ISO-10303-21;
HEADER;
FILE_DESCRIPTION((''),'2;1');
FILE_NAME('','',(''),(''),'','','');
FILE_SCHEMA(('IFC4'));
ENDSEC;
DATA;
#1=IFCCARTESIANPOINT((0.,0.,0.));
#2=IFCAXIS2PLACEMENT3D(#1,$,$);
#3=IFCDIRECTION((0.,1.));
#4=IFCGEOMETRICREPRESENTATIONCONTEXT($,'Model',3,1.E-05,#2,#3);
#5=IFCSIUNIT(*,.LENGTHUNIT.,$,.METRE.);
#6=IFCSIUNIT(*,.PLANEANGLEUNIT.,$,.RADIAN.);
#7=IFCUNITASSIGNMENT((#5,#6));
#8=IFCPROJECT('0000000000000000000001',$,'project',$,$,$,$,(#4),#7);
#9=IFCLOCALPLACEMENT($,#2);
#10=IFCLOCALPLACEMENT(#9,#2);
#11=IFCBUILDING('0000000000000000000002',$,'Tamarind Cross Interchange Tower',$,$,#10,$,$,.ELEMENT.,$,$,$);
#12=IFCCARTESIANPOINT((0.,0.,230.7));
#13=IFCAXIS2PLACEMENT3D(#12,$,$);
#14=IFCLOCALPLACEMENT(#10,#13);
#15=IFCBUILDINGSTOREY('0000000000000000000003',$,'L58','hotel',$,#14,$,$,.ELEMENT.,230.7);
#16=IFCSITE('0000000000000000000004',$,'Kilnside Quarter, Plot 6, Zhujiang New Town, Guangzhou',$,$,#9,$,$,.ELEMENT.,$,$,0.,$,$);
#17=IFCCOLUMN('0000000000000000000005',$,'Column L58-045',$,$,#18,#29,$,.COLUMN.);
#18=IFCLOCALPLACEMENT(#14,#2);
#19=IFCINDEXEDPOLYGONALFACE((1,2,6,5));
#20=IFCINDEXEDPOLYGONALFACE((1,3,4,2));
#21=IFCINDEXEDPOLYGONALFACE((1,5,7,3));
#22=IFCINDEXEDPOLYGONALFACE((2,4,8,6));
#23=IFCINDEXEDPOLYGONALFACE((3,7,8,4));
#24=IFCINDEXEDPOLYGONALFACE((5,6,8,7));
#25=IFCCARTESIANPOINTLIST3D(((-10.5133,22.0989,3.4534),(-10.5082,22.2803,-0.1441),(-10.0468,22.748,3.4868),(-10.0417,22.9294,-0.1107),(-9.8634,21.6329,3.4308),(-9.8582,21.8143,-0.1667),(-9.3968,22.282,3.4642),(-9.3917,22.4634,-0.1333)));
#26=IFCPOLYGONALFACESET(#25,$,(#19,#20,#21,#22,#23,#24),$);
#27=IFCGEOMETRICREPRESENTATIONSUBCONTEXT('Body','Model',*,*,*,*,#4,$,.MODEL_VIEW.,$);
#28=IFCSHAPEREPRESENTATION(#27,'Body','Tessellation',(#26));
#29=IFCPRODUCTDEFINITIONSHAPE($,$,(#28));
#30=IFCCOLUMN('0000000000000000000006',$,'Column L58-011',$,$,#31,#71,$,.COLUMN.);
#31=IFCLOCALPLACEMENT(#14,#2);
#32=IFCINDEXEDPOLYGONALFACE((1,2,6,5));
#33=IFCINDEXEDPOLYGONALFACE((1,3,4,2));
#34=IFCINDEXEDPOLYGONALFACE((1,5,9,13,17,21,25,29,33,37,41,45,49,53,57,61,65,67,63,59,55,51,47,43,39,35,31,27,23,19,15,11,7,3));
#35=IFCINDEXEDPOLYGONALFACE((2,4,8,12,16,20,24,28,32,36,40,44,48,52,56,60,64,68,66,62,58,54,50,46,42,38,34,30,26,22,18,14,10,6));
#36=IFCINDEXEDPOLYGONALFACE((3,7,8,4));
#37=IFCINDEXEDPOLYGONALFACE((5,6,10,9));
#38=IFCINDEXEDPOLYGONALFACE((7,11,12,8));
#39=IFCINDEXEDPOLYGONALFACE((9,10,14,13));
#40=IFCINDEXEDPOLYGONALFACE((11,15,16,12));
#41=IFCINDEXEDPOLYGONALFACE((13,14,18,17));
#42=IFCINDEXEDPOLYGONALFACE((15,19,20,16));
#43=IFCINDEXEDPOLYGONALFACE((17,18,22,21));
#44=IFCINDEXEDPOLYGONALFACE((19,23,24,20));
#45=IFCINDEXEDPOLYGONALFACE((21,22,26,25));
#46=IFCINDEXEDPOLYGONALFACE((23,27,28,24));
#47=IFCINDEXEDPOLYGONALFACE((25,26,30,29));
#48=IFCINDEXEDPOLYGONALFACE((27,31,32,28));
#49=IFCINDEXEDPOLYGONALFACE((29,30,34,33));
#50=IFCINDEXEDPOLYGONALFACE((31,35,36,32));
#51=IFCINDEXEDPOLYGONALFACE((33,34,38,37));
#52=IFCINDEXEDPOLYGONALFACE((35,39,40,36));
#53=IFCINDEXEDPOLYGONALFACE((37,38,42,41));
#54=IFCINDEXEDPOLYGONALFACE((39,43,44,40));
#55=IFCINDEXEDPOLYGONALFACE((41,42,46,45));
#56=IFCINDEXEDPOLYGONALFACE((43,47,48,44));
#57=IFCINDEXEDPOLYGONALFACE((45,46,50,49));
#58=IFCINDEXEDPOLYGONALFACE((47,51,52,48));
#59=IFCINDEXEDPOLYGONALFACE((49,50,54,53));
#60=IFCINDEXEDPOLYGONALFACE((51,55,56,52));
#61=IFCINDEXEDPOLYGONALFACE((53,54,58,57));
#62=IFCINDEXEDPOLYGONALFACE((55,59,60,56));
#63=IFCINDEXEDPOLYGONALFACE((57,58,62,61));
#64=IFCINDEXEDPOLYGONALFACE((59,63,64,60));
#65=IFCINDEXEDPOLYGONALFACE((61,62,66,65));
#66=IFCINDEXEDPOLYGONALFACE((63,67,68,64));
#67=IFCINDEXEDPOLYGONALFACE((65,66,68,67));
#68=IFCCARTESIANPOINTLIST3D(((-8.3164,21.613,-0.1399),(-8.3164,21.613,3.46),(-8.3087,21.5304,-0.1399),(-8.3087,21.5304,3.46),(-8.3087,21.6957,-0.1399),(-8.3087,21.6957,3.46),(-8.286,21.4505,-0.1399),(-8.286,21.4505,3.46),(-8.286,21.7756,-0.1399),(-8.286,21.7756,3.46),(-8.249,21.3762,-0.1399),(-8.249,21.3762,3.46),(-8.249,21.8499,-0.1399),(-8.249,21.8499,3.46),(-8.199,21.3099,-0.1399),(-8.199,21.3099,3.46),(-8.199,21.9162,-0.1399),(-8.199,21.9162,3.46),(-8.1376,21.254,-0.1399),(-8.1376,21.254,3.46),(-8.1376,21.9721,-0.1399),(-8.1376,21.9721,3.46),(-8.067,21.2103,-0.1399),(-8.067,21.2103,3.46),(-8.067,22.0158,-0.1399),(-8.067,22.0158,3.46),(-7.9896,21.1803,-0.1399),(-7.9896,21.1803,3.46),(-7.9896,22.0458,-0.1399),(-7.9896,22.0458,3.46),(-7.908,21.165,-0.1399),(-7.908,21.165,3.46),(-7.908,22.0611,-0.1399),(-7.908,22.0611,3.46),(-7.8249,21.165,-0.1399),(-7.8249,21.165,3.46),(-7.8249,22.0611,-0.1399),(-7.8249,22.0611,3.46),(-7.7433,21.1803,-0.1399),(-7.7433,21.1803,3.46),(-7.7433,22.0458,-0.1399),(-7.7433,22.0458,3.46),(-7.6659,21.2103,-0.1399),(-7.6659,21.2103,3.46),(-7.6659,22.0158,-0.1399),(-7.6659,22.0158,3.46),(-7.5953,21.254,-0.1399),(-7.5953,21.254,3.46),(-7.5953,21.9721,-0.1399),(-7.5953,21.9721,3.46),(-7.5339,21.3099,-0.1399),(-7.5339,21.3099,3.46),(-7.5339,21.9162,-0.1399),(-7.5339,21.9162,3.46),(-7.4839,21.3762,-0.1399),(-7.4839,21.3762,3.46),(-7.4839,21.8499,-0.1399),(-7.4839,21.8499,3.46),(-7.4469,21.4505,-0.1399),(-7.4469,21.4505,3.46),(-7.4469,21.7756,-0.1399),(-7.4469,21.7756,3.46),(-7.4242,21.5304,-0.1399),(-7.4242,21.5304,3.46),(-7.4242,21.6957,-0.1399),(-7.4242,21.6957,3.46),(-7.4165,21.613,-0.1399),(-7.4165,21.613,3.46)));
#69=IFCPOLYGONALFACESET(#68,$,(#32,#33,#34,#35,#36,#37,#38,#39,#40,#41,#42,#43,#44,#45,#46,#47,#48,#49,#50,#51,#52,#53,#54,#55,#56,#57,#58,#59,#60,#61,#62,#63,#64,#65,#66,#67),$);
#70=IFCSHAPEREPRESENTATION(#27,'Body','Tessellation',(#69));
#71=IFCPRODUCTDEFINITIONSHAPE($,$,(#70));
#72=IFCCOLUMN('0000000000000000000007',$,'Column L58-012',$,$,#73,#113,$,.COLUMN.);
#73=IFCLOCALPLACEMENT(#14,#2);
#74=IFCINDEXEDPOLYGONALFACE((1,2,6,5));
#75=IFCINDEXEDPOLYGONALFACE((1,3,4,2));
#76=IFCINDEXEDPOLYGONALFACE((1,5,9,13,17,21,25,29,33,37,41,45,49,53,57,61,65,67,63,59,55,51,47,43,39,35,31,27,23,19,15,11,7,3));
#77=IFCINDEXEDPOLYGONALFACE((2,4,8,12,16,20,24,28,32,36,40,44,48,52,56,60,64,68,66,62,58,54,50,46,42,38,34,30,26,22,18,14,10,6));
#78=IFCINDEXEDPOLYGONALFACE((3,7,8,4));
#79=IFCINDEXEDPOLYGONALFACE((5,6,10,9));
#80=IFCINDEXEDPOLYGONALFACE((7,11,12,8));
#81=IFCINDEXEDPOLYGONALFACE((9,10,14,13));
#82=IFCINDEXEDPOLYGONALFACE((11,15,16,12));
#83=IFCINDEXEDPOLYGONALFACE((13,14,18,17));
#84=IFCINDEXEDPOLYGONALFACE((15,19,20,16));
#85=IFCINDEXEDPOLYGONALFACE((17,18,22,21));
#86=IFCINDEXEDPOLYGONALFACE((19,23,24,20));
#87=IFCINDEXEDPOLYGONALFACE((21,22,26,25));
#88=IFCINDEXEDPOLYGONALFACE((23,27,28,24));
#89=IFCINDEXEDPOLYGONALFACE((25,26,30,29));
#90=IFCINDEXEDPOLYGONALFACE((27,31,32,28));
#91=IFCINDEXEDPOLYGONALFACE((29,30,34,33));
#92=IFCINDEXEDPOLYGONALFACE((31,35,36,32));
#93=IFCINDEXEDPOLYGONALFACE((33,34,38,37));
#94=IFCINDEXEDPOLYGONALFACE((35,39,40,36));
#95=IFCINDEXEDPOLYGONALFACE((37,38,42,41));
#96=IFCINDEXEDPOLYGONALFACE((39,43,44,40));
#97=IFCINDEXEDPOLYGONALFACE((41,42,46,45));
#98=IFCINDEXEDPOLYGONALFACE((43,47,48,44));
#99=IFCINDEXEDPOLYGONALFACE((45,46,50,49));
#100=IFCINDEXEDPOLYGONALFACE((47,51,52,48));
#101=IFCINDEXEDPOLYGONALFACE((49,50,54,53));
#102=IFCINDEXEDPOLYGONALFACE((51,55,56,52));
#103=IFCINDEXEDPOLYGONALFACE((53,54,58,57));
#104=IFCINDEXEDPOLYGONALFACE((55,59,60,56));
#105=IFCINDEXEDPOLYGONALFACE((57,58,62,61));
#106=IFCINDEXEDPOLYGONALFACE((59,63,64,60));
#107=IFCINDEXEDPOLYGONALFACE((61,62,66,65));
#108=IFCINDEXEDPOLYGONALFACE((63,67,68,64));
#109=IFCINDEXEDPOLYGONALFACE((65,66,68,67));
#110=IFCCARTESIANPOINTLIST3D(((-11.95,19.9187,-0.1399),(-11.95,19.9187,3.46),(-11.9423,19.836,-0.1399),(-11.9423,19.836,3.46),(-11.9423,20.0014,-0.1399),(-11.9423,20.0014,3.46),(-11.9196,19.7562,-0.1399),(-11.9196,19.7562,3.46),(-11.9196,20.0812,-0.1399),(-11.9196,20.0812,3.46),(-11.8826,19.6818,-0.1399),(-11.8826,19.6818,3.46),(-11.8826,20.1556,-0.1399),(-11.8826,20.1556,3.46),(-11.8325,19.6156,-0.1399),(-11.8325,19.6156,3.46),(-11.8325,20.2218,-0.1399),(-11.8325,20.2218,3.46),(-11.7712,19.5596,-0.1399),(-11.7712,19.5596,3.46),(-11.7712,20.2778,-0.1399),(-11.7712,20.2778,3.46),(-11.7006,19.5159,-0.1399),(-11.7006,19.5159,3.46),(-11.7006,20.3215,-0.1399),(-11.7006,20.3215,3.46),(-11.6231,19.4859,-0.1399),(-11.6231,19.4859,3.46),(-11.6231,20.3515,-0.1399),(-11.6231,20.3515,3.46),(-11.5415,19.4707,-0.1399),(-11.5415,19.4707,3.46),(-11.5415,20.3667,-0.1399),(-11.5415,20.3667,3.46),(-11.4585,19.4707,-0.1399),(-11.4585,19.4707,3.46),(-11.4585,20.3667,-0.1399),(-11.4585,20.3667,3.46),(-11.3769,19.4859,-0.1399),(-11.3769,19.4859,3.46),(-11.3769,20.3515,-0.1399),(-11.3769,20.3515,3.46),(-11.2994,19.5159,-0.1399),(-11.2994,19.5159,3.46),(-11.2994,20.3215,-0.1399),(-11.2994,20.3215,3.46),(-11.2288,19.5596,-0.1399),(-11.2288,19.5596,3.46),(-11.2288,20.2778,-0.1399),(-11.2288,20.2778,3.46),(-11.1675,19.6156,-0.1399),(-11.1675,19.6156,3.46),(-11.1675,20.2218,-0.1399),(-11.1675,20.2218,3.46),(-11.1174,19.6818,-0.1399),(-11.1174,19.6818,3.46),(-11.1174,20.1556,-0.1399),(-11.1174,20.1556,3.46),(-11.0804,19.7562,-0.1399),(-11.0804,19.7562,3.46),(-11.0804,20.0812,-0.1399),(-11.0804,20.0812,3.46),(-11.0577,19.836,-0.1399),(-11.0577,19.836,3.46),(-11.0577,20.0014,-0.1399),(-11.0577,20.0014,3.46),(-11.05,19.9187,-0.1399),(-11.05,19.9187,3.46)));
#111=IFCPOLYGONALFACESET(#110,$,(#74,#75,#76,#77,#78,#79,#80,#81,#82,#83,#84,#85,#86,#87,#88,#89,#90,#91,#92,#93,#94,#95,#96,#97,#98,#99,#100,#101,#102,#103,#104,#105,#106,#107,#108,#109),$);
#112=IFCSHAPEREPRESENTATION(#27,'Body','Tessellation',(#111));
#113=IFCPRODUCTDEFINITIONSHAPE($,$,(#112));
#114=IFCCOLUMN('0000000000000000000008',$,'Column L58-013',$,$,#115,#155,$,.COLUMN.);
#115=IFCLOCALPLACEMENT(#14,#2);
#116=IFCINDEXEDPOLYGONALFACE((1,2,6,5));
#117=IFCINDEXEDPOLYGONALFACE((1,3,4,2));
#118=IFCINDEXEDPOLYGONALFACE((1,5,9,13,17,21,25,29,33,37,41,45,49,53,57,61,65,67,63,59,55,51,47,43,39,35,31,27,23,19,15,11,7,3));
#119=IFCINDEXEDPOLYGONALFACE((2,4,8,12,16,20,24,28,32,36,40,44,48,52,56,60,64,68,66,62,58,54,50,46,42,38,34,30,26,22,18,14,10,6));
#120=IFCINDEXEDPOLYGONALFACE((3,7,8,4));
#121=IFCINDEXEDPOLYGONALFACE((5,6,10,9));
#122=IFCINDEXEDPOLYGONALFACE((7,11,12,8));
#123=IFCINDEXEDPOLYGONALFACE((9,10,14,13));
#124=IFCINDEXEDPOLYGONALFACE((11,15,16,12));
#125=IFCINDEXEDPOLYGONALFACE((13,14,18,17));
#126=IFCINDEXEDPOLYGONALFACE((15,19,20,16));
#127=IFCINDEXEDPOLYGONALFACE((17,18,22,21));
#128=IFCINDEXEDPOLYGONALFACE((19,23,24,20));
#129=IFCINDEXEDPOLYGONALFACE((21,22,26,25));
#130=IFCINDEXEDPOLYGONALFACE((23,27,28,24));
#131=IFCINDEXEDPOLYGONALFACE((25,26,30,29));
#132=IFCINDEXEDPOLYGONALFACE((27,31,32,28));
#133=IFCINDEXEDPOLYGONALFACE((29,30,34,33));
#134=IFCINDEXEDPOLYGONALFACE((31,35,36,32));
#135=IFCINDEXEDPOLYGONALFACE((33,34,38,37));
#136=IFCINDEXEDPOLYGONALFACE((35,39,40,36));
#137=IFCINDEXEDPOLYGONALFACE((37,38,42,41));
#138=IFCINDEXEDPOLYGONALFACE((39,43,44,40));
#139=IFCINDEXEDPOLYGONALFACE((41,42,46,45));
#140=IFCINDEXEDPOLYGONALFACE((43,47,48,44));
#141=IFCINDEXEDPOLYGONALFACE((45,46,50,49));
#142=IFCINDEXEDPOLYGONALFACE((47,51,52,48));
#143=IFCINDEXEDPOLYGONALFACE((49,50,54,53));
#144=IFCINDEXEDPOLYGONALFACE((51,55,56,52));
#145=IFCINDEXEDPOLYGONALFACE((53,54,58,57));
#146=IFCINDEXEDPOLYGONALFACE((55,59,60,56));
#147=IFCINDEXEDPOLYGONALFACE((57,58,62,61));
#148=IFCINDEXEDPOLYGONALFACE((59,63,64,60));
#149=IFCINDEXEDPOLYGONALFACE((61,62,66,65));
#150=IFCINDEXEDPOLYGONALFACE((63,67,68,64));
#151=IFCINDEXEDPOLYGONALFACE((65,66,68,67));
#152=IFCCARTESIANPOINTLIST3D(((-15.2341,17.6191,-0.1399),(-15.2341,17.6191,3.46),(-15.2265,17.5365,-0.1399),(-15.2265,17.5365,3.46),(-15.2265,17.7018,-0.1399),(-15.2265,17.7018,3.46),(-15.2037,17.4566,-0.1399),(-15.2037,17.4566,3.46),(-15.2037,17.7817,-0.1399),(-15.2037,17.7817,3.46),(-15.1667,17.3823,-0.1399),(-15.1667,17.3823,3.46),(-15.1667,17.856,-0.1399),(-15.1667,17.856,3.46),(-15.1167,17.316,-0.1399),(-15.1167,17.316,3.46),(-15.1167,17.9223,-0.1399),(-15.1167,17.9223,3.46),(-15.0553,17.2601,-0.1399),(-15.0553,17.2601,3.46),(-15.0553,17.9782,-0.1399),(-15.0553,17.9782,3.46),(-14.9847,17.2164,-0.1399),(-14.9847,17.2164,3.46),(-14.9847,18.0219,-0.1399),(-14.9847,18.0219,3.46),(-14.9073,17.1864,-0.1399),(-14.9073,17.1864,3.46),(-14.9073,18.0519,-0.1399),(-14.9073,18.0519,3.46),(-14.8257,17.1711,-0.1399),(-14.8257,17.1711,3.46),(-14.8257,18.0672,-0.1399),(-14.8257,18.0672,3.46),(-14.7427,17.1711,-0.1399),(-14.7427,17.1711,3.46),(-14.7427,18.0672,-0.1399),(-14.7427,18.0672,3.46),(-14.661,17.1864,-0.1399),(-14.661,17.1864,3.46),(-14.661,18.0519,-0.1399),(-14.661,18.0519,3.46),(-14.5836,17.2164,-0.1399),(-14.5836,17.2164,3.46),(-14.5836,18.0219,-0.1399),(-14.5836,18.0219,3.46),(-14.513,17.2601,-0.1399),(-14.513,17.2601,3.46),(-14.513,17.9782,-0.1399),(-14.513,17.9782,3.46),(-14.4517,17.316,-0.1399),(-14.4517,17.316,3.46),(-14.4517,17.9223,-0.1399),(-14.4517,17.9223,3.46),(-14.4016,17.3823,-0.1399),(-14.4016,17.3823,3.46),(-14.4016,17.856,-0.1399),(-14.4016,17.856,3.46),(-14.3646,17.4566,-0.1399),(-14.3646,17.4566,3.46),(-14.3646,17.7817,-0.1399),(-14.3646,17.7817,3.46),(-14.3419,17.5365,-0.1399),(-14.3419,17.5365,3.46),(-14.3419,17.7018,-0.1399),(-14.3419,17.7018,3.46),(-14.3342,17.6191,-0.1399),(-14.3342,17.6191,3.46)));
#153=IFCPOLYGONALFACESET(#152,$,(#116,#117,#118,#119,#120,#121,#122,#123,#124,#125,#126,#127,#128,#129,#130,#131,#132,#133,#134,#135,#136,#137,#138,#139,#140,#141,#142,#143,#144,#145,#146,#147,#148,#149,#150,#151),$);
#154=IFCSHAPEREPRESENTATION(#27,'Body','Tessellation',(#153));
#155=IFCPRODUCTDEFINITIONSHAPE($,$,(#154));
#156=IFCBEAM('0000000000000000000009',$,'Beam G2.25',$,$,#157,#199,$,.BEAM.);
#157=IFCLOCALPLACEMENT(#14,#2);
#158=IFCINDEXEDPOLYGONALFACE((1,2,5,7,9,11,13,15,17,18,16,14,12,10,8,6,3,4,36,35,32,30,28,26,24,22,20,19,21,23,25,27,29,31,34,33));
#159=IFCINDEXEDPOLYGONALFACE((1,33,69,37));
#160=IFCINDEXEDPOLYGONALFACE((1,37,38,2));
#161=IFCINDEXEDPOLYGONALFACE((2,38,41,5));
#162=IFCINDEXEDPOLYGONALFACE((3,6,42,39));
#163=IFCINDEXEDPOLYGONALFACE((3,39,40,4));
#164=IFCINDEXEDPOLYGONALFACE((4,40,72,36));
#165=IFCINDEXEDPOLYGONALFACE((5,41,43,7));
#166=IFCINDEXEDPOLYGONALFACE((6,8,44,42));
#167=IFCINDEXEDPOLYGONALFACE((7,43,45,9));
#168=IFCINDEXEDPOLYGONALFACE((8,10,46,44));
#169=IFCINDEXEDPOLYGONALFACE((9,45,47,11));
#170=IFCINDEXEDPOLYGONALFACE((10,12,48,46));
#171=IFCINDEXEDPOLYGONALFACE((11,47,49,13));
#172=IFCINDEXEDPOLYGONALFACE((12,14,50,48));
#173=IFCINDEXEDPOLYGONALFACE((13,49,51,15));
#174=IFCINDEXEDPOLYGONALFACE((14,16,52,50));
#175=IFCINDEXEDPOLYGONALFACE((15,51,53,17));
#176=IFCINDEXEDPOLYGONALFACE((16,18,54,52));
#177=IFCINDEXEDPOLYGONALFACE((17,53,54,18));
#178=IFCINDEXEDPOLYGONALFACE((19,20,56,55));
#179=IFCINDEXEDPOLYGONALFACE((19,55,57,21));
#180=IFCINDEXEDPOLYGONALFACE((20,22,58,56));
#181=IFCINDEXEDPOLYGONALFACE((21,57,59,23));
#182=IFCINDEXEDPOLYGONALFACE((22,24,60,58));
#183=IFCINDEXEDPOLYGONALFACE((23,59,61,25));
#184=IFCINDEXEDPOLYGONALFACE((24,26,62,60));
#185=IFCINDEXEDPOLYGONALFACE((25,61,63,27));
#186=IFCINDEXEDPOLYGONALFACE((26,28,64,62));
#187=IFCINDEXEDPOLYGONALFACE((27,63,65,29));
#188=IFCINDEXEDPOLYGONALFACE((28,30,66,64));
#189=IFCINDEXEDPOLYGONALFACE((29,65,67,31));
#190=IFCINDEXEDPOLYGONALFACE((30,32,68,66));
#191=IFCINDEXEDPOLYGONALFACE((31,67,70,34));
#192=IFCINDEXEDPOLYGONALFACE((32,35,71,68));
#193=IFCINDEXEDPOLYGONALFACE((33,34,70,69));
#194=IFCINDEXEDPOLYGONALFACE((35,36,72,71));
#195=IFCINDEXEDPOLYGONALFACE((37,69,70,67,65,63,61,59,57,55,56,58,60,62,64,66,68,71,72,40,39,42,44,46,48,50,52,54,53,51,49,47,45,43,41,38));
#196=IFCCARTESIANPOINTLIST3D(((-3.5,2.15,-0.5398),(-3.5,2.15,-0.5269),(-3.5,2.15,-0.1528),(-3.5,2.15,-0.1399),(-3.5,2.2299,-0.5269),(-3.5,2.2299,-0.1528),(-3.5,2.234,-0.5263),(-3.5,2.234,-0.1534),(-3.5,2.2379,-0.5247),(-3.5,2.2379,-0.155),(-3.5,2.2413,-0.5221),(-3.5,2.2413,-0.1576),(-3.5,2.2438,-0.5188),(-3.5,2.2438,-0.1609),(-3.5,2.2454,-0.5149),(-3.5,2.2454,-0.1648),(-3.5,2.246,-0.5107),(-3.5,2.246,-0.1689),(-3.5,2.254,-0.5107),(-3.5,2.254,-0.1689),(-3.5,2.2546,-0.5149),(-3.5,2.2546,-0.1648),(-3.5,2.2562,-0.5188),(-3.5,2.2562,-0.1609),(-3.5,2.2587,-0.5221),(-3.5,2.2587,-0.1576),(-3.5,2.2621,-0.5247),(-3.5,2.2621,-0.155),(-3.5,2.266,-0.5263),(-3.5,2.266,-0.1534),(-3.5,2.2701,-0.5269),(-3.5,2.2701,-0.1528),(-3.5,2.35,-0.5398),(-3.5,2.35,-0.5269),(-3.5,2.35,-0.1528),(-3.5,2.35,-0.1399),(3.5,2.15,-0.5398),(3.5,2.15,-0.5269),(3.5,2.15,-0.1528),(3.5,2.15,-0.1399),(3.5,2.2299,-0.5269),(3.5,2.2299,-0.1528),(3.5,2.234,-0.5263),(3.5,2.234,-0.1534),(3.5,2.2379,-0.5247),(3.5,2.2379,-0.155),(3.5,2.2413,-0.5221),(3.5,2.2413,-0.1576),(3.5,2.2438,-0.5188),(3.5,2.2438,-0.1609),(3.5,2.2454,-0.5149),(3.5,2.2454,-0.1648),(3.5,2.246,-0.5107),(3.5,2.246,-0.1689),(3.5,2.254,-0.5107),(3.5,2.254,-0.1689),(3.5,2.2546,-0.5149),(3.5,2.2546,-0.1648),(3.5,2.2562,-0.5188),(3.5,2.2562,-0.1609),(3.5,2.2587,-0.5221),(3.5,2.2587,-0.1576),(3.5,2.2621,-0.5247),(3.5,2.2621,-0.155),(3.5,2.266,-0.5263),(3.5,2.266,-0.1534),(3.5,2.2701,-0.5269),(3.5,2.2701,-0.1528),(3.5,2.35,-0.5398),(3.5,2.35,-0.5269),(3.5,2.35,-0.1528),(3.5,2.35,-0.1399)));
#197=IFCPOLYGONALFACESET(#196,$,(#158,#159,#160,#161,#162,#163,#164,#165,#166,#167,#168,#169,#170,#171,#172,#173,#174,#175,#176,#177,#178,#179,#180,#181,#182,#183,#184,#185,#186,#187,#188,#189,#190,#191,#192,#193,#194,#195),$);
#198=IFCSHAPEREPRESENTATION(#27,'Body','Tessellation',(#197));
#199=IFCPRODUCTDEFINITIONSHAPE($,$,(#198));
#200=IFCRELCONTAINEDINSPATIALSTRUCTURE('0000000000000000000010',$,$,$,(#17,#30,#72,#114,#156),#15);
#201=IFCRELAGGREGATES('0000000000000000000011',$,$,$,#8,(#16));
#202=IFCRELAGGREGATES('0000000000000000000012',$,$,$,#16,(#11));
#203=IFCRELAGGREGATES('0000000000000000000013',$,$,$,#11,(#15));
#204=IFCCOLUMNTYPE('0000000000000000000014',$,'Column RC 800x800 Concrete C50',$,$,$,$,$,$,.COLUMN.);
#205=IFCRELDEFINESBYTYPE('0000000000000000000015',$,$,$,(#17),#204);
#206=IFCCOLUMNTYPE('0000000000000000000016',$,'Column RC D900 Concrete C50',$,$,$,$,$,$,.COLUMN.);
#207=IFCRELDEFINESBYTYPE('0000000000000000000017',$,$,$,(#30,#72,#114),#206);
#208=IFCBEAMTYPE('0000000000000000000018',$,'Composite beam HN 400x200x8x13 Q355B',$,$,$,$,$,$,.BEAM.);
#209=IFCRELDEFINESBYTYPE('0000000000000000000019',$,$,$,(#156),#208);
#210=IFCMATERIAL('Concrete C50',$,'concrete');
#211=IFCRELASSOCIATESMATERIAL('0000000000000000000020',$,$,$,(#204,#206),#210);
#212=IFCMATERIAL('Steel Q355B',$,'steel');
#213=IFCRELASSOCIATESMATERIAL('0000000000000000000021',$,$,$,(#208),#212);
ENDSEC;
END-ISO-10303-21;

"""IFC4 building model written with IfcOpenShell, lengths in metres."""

from ifc_helpers import new_model, si_unit, direction, frame, origin, origin_2d, place, context, subcontext, project, spatial, rectangle, circle, i_section, extrude, material, material_profile, profile_set, type_object, element, save


model = new_model("IFC4")

# Units and contexts
model_context = context("Model", 3, precision=1e-05, world=origin(), true_north=direction((0.0, 1.0)))
body_context = subcontext(model_context, "Body", "Model", "MODEL_VIEW")
ifc_project = project(units=[si_unit("LENGTHUNIT", "METRE"), si_unit("PLANEANGLEUNIT", "RADIAN")], contexts=[model_context])

# Site, building, storey
site_placement = place(None, origin())
site = spatial("IfcSite", under=ifc_project, at=site_placement, Name="Kilnside Quarter, Plot 6, Zhujiang New Town, Guangzhou", CompositionType="ELEMENT", RefElevation=0.0)
building_placement = place(site_placement, origin())
building = spatial("IfcBuilding", under=site, at=building_placement, Name="Tamarind Cross Interchange Tower", CompositionType="ELEMENT")
storey_placement = place(building_placement, frame((0.0, 0.0, 230.7)))
storey = spatial("IfcBuildingStorey", under=building, at=storey_placement, Name="L58", Description="hotel", CompositionType="ELEMENT", Elevation=230.7)

# Columns
ifc_material_1 = material(Name="Concrete C50", Category="concrete")
ifc_material_profile_1 = material_profile(ifc_material_1, rectangle(XDim=0.8, YDim=0.8, at=origin_2d()), Name="RC 800x800")
ifc_profile_set_1 = profile_set([ifc_material_profile_1], Name="Concrete C50")
column_type_1 = type_object("IfcColumnType", Name="Column RC 800x800 Concrete C50", PredefinedType="COLUMN", material=ifc_profile_set_1)
column_placement = place(storey_placement, frame((-9.95, 22.3718, -0.1387), z_axis=(-0.001423, -0.05036, 0.99873), x_axis=(0.583112, 0.811319, 0.041741)))
element("IfcColumn", 1, at=column_placement, inside=storey, type_object=column_type_1, Name="Column L58-045", PredefinedType="COLUMN", context=body_context, shape_type="SweptSolid", body=[
    extrude(rectangle(XDim=0.8, YDim=0.8, at=origin_2d()), origin(), (0.0, 0.0, 1.0), 3.6021),
])
ifc_material_profile_2 = material_profile(ifc_material_1, circle(Radius=0.45, at=origin_2d()), Name="RC D900")
ifc_profile_set_2 = profile_set([ifc_material_profile_2], Name="Concrete C50")
column_type_2 = type_object("IfcColumnType", Name="Column RC D900 Concrete C50", PredefinedType="COLUMN", material=ifc_profile_set_2)
for number, where, z_axis, x_axis, name in (
    (2, (-7.8665, 21.613, -0.1399), (0.0, 0.0, 1.0), (1.0, 0.0, 0.0), "Column L58-011"),
    (3, (-11.5, 19.9187, -0.1399), (0.0, 0.0, 1.0), (1.0, 0.0, 0.0), "Column L58-012"),
    (4, (-14.7842, 17.6191, -0.1399), (0.0, 0.0, 1.0), (1.0, 0.0, 0.0), "Column L58-013"),
):
    element("IfcColumn", number, at=place(storey_placement, frame(where, z_axis=z_axis, x_axis=x_axis)), inside=storey, type_object=column_type_2, Name=name, PredefinedType="COLUMN", context=body_context, shape_type="SweptSolid", body=[
        extrude(circle(Radius=0.45, at=origin_2d()), origin(), (0.0, 0.0, 1.0), 3.5999),
    ])

# Beam
ifc_material_2 = material(Name="Steel Q355B", Category="steel")
ifc_material_profile_3 = material_profile(ifc_material_2, i_section(OverallWidth=0.2, OverallDepth=0.3999, WebThickness=0.0081, FlangeThickness=0.0129, FilletRadius=0.0161, at=origin_2d()), Name="HN 400x200x8x13")
ifc_profile_set_3 = profile_set([ifc_material_profile_3], Name="Steel Q355B")
beam_type_1 = type_object("IfcBeamType", Name="Composite beam HN 400x200x8x13 Q355B", PredefinedType="BEAM", material=ifc_profile_set_3)
for number, where, z_axis, x_axis, name in (
    (5, (-3.5, 2.25, -0.3398), (1.0, 0.0, 0.0), (0.0, 1.0, 0.0), "Beam G2.25"),
):
    element("IfcBeam", number, at=place(storey_placement, frame(where, z_axis=z_axis, x_axis=x_axis)), inside=storey, type_object=beam_type_1, Name=name, PredefinedType="BEAM", context=body_context, shape_type="SweptSolid", body=[
        extrude(i_section(OverallWidth=0.2, OverallDepth=0.3999, WebThickness=0.0081, FlangeThickness=0.0129, FilletRadius=0.0161, at=origin_2d()), origin(), (0.0, 0.0, 1.0), 7.0),
    ])

save(model, "model.ifc")
